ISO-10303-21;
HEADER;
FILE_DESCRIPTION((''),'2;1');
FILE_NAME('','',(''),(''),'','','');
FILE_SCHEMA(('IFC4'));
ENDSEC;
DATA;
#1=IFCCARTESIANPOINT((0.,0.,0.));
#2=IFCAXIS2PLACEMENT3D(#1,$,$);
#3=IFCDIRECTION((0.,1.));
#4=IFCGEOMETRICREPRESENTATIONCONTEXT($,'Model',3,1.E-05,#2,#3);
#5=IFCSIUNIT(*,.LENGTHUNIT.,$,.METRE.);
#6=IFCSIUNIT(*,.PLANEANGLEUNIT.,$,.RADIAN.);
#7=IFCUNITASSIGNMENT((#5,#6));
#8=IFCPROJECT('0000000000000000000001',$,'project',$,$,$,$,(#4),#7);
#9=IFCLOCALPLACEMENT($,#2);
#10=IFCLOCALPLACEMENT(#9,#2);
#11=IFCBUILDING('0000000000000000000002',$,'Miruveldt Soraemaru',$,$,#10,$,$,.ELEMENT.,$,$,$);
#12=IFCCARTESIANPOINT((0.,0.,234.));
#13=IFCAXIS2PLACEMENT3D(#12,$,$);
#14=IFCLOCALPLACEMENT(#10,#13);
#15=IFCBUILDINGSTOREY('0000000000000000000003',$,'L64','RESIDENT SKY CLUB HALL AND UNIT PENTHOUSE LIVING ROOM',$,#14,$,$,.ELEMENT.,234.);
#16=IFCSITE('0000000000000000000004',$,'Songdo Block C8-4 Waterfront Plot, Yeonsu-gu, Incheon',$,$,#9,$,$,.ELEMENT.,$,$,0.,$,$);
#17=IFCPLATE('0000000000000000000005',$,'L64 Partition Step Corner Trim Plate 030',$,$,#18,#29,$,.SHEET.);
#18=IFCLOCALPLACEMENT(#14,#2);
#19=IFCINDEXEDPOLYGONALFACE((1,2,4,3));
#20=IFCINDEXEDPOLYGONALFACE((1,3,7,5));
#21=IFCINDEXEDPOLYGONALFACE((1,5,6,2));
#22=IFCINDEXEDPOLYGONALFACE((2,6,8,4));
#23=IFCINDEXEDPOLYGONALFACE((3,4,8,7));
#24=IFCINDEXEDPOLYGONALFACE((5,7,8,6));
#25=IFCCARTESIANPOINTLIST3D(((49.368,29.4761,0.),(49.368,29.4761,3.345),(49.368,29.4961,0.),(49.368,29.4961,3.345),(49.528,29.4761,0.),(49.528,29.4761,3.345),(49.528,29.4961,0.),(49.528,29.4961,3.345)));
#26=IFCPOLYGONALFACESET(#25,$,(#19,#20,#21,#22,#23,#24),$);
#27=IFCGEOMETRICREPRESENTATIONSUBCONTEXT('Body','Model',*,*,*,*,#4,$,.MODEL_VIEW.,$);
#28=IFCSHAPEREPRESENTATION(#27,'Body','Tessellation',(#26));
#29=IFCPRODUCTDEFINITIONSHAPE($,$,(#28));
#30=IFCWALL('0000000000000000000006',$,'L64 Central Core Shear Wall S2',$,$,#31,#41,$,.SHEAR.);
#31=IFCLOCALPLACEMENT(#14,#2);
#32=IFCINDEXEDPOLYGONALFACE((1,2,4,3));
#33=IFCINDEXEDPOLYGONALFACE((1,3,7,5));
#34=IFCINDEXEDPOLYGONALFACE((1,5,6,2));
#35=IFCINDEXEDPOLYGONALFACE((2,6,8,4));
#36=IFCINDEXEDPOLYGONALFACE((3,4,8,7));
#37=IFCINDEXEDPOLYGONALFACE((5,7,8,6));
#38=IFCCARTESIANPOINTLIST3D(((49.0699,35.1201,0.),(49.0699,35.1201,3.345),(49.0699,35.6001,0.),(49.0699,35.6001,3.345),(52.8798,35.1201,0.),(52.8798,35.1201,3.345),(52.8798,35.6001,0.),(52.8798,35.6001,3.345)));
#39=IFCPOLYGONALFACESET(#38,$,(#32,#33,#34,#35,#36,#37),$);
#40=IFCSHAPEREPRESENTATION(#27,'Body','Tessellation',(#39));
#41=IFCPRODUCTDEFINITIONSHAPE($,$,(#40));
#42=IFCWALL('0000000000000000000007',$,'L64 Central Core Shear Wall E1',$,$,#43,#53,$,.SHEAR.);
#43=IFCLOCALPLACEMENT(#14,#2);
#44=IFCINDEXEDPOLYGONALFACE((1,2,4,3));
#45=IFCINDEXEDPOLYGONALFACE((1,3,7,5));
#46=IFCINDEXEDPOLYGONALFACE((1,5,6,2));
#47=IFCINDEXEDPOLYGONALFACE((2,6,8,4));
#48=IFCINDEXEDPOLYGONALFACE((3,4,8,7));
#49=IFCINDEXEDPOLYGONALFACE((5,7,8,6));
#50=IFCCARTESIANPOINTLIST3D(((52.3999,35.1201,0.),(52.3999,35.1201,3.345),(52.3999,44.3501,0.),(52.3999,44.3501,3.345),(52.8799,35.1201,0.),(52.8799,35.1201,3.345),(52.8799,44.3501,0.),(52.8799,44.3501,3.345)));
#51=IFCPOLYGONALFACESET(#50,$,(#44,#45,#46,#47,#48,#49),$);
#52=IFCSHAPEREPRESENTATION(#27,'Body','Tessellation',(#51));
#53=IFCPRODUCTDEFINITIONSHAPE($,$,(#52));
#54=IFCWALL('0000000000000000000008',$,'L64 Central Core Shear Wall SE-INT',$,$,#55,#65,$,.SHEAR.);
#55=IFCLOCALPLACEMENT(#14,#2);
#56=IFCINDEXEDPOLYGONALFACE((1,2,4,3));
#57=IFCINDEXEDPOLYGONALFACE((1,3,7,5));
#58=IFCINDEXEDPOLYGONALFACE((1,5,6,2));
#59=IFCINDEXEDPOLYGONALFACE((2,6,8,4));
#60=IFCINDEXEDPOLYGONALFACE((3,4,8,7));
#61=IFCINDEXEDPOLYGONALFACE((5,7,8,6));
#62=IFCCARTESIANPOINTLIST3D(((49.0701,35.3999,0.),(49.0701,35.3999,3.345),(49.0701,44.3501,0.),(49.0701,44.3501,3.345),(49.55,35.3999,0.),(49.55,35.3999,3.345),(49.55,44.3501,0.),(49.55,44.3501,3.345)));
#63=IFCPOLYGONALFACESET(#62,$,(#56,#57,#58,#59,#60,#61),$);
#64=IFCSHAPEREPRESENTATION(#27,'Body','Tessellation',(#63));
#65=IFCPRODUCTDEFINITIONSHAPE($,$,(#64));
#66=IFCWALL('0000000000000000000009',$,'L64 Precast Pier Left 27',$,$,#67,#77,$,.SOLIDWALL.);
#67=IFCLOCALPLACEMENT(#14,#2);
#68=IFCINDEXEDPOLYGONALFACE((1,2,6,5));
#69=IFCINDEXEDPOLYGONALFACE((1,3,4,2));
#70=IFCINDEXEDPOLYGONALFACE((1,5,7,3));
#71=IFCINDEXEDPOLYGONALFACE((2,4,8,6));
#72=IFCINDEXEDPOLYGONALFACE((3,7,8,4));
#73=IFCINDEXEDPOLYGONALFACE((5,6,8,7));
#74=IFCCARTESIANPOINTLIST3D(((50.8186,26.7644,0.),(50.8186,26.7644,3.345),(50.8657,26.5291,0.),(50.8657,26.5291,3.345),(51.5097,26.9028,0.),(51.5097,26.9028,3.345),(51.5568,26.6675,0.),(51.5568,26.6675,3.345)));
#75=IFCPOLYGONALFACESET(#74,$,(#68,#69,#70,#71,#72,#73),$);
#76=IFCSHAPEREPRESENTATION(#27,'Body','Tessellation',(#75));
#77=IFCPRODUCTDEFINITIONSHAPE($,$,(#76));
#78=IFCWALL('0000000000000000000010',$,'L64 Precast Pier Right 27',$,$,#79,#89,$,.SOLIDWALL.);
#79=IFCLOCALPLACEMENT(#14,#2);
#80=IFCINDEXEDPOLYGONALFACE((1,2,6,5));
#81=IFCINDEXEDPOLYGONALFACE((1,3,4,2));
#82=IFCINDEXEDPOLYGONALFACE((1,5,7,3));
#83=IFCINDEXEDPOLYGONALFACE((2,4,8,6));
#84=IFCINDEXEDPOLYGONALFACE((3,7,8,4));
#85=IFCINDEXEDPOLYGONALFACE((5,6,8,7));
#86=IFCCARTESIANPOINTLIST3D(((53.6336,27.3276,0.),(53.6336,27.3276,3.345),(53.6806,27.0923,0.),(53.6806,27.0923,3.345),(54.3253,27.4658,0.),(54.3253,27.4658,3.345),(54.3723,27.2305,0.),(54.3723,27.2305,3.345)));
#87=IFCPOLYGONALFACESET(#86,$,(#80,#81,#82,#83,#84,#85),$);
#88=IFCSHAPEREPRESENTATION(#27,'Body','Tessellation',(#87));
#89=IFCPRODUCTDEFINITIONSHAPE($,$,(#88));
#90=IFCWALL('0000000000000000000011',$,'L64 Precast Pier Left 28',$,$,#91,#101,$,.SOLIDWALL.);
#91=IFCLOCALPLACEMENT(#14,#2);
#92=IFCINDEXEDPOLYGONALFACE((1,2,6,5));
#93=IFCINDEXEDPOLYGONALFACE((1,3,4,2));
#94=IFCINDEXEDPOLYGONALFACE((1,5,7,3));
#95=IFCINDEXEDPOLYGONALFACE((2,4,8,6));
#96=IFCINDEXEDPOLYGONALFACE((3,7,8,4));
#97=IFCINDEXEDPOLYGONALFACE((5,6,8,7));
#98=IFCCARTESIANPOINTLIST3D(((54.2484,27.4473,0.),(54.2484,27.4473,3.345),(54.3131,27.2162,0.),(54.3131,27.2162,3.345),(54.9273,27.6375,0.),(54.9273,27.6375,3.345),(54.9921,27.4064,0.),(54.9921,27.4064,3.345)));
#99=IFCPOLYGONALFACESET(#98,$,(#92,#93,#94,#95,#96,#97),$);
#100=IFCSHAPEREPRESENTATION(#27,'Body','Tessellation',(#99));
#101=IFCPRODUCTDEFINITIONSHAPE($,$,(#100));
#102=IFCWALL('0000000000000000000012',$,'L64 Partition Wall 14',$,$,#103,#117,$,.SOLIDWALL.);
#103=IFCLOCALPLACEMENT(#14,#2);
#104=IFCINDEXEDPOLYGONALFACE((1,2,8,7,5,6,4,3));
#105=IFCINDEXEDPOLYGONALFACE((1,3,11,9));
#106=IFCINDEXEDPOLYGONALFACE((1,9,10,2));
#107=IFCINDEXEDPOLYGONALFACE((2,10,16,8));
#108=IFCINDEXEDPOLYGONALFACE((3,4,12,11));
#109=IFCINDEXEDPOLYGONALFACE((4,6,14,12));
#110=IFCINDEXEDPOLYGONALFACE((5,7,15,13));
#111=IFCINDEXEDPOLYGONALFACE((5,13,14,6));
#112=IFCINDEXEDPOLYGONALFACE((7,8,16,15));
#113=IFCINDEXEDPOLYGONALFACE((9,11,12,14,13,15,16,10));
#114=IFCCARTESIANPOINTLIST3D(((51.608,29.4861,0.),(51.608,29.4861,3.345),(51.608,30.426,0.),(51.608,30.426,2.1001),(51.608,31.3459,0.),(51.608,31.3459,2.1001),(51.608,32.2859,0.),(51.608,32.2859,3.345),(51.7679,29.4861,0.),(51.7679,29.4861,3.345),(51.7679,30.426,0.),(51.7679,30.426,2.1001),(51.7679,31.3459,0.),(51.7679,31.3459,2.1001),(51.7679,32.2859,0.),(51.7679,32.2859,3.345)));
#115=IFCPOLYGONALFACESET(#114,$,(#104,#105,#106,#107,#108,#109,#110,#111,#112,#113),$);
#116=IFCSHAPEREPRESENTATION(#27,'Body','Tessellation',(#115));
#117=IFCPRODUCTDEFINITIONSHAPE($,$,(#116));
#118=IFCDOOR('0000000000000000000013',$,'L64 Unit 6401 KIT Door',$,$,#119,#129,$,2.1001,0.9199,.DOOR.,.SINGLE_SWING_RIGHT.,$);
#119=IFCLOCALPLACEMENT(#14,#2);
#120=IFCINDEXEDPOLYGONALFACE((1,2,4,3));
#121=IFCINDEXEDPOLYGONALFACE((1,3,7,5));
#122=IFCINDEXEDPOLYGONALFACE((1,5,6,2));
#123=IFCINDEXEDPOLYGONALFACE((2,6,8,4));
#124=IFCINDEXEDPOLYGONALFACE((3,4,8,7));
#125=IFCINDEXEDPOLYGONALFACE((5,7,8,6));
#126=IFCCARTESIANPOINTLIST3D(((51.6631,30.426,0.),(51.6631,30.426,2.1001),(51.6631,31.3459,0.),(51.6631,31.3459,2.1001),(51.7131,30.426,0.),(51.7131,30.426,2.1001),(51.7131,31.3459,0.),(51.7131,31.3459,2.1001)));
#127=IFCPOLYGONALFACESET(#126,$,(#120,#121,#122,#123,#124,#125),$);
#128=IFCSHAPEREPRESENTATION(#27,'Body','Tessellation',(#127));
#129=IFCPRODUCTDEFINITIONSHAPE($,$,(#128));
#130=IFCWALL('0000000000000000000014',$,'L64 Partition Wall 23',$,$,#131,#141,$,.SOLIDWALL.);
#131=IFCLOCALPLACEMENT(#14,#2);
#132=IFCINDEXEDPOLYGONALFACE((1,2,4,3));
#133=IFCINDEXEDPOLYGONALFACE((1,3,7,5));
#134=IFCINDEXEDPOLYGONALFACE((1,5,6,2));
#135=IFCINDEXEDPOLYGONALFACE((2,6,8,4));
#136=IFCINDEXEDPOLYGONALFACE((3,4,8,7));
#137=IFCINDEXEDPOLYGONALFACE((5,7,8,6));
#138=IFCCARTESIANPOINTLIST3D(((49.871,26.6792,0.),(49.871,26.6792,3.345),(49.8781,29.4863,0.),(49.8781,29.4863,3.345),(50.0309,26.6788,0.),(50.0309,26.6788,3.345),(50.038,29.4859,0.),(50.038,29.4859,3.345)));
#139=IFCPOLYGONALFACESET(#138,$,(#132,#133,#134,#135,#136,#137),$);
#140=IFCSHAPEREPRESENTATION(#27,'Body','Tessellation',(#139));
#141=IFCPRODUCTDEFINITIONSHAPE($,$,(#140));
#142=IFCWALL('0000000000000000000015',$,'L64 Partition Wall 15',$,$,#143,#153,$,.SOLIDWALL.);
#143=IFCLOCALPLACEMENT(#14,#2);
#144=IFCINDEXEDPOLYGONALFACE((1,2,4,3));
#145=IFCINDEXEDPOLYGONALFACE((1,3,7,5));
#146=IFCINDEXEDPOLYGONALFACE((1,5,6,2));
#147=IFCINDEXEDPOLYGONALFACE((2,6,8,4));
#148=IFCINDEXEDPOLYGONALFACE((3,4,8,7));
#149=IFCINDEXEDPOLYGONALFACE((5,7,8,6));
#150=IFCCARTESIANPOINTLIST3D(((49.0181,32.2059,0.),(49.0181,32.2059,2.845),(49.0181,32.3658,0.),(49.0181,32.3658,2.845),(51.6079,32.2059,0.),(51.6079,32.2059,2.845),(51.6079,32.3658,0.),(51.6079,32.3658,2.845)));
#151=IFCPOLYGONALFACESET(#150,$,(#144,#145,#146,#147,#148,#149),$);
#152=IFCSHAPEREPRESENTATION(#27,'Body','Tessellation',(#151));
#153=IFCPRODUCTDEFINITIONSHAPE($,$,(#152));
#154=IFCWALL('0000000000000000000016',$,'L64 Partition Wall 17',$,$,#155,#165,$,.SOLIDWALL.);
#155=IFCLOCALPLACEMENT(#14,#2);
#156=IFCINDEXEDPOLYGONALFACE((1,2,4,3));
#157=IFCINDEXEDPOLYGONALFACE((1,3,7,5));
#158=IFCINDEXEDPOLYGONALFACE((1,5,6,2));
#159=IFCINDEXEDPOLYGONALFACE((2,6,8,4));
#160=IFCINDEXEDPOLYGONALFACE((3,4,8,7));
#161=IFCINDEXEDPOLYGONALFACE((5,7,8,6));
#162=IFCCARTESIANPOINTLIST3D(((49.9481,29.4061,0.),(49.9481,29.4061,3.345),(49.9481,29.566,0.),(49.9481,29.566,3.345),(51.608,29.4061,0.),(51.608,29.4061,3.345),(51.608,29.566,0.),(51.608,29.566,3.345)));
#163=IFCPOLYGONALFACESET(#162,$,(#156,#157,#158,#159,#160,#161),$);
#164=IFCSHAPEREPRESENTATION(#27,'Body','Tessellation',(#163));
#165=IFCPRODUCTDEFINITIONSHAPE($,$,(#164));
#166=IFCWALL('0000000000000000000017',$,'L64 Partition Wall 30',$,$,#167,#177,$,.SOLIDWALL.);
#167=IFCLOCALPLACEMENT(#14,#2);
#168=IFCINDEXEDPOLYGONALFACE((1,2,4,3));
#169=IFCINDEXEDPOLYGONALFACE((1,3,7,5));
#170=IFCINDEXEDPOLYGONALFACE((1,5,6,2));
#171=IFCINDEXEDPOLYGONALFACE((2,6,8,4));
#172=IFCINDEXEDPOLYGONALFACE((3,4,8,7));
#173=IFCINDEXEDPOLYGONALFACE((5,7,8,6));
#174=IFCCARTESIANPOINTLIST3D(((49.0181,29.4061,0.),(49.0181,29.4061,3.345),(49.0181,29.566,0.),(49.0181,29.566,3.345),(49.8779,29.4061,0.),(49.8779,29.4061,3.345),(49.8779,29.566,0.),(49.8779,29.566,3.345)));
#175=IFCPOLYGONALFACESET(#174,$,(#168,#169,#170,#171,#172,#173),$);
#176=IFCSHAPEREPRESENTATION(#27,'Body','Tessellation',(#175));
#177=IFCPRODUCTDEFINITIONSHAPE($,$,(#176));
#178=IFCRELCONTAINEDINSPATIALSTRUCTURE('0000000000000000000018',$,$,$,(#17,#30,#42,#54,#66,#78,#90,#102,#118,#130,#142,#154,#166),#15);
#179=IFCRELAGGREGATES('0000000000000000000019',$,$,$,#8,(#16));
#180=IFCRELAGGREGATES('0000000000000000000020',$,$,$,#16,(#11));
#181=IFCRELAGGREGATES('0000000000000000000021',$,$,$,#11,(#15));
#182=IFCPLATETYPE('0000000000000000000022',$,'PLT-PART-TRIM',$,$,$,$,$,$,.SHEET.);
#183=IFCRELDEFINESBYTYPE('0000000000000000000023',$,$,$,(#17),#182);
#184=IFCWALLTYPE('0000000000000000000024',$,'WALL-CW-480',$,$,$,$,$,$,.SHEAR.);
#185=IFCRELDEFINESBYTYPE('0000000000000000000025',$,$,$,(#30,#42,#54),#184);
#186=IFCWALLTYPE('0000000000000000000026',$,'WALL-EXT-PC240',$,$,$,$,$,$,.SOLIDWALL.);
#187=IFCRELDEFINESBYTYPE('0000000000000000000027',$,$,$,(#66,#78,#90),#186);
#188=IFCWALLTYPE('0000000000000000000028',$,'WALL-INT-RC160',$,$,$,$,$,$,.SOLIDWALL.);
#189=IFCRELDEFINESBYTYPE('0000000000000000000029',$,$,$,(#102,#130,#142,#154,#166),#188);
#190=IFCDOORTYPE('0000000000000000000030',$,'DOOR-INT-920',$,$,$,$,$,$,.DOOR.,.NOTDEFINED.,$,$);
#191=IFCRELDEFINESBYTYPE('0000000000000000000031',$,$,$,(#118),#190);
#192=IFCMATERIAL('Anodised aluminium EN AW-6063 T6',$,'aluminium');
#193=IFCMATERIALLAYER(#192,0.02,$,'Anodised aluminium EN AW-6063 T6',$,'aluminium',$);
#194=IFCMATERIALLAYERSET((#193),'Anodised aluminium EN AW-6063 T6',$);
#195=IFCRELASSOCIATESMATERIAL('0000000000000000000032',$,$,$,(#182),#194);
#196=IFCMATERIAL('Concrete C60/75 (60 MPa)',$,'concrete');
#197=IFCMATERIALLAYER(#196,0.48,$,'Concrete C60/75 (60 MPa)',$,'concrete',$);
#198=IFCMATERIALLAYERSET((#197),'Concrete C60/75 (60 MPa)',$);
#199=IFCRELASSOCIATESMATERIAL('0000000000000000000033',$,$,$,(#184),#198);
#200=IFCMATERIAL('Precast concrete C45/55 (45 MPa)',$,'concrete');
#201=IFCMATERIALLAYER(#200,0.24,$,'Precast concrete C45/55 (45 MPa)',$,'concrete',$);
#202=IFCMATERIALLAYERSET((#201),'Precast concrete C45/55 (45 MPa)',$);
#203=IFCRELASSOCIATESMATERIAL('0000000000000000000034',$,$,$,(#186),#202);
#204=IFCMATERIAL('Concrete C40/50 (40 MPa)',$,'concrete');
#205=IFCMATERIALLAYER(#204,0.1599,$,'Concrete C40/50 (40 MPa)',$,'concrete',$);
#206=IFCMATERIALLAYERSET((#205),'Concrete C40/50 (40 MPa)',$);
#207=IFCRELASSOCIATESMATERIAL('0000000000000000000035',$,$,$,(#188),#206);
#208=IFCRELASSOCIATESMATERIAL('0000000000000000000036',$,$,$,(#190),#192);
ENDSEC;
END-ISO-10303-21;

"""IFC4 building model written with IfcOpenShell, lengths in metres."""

from ifc_helpers import new_model, si_unit, direction, frame, frame_2d, origin, origin_2d, place, context, subcontext, project, spatial, rectangle, extrude, material, layer, layer_set, type_object, element, fill, save


model = new_model("IFC4")

# Units and contexts
model_context = context("Model", 3, precision=1e-05, world=origin(), true_north=direction((0.0, 1.0)))
body_context = subcontext(model_context, "Body", "Model", "MODEL_VIEW")
ifc_project = project(units=[si_unit("LENGTHUNIT", "METRE"), si_unit("PLANEANGLEUNIT", "RADIAN")], contexts=[model_context])

# Site, building, storey
site_placement = place(None, origin())
site = spatial("IfcSite", under=ifc_project, at=site_placement, Name="Songdo Block C8-4 Waterfront Plot, Yeonsu-gu, Incheon", CompositionType="ELEMENT", RefElevation=0.0)
building_placement = place(site_placement, origin())
building = spatial("IfcBuilding", under=site, at=building_placement, Name="Miruveldt Soraemaru", CompositionType="ELEMENT")
storey_placement = place(building_placement, frame((0.0, 0.0, 234.0)))
storey = spatial("IfcBuildingStorey", under=building, at=storey_placement, Name="L64", Description="RESIDENT SKY CLUB HALL AND UNIT PENTHOUSE LIVING ROOM", CompositionType="ELEMENT", Elevation=234.0)

# Shared definitions
ifc_material_1 = material(Name="Anodised aluminium EN AW-6063 T6", Category="aluminium")

# Plate
ifc_layer_1 = layer(ifc_material_1, 0.02, Name="Anodised aluminium EN AW-6063 T6", Category="aluminium")
ifc_layer_set_1 = layer_set([ifc_layer_1], Name="Anodised aluminium EN AW-6063 T6")
plate_type_1 = type_object("IfcPlateType", Name="PLT-PART-TRIM", PredefinedType="SHEET", material=ifc_layer_set_1)
plate_1_placement = place(storey_placement, frame((49.448, 29.4861, 0.0), z_axis=(0.0, 0.0, 1.0), x_axis=(1.0, 0.0, 0.0)))
element("IfcPlate", 1, at=plate_1_placement, inside=storey, type_object=plate_type_1, Name="L64 Partition Step Corner Trim Plate 030", PredefinedType="SHEET", context=body_context, shape_type="SweptSolid", body=[
    extrude(rectangle(XDim=0.1599, YDim=0.02, at=origin_2d()), origin(), (0.0, 0.0, 1.0), 3.345),
])

# Walls
ifc_material_2 = material(Name="Concrete C60/75 (60 MPa)", Category="concrete")
ifc_layer_2 = layer(ifc_material_2, 0.48, Name="Concrete C60/75 (60 MPa)", Category="concrete")
ifc_layer_set_2 = layer_set([ifc_layer_2], Name="Concrete C60/75 (60 MPa)")
wall_type_1 = type_object("IfcWallType", Name="WALL-CW-480", PredefinedType="SHEAR", material=ifc_layer_set_2)
wall_1_placement = place(storey_placement, frame((49.0701, 35.3601, 0.0), z_axis=(0.0, 0.0, 1.0), x_axis=(1.0, 0.0, 0.0)))
element("IfcWall", 2, at=wall_1_placement, inside=storey, type_object=wall_type_1, Name="L64 Central Core Shear Wall S2", PredefinedType="SHEAR", context=body_context, shape_type="SweptSolid", body=[
    extrude(rectangle(XDim=3.8098, YDim=0.48, at=frame_2d((1.9048, 0.0))), origin(), (0.0, 0.0, 1.0), 3.345),
])
wall_2_placement = place(storey_placement, frame((52.6399, 35.1201, 0.0), z_axis=(0.0, 0.0, 1.0), x_axis=(0.0, 1.0, 0.0)))
element("IfcWall", 3, at=wall_2_placement, inside=storey, type_object=wall_type_1, Name="L64 Central Core Shear Wall E1", PredefinedType="SHEAR", context=body_context, shape_type="SweptSolid", body=[
    extrude(rectangle(XDim=9.23, YDim=0.48, at=frame_2d((4.615, 0.0))), origin(), (0.0, 0.0, 1.0), 3.345),
])
wall_3_placement = place(storey_placement, frame((49.3101, 35.3999, 0.0), z_axis=(0.0, 0.0, 1.0), x_axis=(0.0, 1.0, 0.0)))
element("IfcWall", 4, at=wall_3_placement, inside=storey, type_object=wall_type_1, Name="L64 Central Core Shear Wall SE-INT", PredefinedType="SHEAR", context=body_context, shape_type="SweptSolid", body=[
    extrude(rectangle(XDim=8.9502, YDim=0.48, at=frame_2d((4.4751, 0.0))), origin(), (0.0, 0.0, 1.0), 3.345),
])
ifc_material_3 = material(Name="Precast concrete C45/55 (45 MPa)", Category="concrete")
ifc_layer_3 = layer(ifc_material_3, 0.24, Name="Precast concrete C45/55 (45 MPa)", Category="concrete")
ifc_layer_set_3 = layer_set([ifc_layer_3], Name="Precast concrete C45/55 (45 MPa)")
wall_type_2 = type_object("IfcWallType", Name="WALL-EXT-PC240", PredefinedType="SOLIDWALL", material=ifc_layer_set_3)
wall_4_placement = place(storey_placement, frame((50.842, 26.6467, 0.0), z_axis=(0.0, 0.0, 1.0), x_axis=(0.980527, 0.196383, 0.0)))
element("IfcWall", 5, at=wall_4_placement, inside=storey, type_object=wall_type_2, Name="L64 Precast Pier Left 27", PredefinedType="SOLIDWALL", context=body_context, shape_type="SweptSolid", body=[
    extrude(rectangle(XDim=0.7048, YDim=0.24, at=frame_2d((0.3525, 0.0))), origin(), (0.0, 0.0, 1.0), 3.345),
])
wall_5_placement = place(storey_placement, frame((53.6572, 27.21, 0.0), z_axis=(0.0, 0.0, 1.0), x_axis=(0.980621, 0.195916, 0.0)))
element("IfcWall", 6, at=wall_5_placement, inside=storey, type_object=wall_type_2, Name="L64 Precast Pier Right 27", PredefinedType="SOLIDWALL", context=body_context, shape_type="SweptSolid", body=[
    extrude(rectangle(XDim=0.7053, YDim=0.24, at=frame_2d((0.3525, 0.0))), origin(), (0.0, 0.0, 1.0), 3.345),
])
wall_6_placement = place(storey_placement, frame((54.2808, 27.3318, 0.0), z_axis=(0.0, 0.0, 1.0), x_axis=(0.962935, 0.269733, 0.0)))
element("IfcWall", 7, at=wall_6_placement, inside=storey, type_object=wall_type_2, Name="L64 Precast Pier Left 28", PredefinedType="SOLIDWALL", context=body_context, shape_type="SweptSolid", body=[
    extrude(rectangle(XDim=0.7051, YDim=0.24, at=frame_2d((0.3525, 0.0))), origin(), (0.0, 0.0, 1.0), 3.345),
])

# Wall, opening, door
ifc_material_4 = material(Name="Concrete C40/50 (40 MPa)", Category="concrete")
ifc_layer_4 = layer(ifc_material_4, 0.1599, Name="Concrete C40/50 (40 MPa)", Category="concrete")
ifc_layer_set_4 = layer_set([ifc_layer_4], Name="Concrete C40/50 (40 MPa)")
wall_type_3 = type_object("IfcWallType", Name="WALL-INT-RC160", PredefinedType="SOLIDWALL", material=ifc_layer_set_4)
wall_7_placement = place(storey_placement, frame((51.688, 29.4861, 0.0), z_axis=(0.0, 0.0, 1.0), x_axis=(0.0, 1.0, 0.0)))
wall_7 = element("IfcWall", 8, at=wall_7_placement, inside=storey, type_object=wall_type_3, Name="L64 Partition Wall 14", PredefinedType="SOLIDWALL", context=body_context, shape_type="SweptSolid", body=[
    extrude(rectangle(XDim=2.7998, YDim=0.1599, at=frame_2d((1.3999, 0.0))), origin(), (0.0, 0.0, 1.0), 3.345),
])
opening_placement = place(wall_7_placement, frame((0.9399, 0.0, 0.0)))
opening = element("IfcOpeningElement", 9, at=opening_placement, cuts=wall_7, PredefinedType="OPENING", context=body_context, shape_type="SweptSolid", body=[
    extrude(rectangle(XDim=0.9199, YDim=2.1001, at=frame_2d((0.46, 1.05))), frame((0.0, 0.0898, 0.0), z_axis=(0.0, -1.0, 0.0), x_axis=(1.0, 0.0, 0.0)), (0.0, 0.0, 1.0), 0.1799),
])
door_type = type_object("IfcDoorType", Name="DOOR-INT-920", OperationType="NOTDEFINED", PredefinedType="DOOR", material=ifc_material_1)
door_placement = place(opening_placement, origin())
door = element("IfcDoor", 10, at=door_placement, inside=storey, type_object=door_type, Name="L64 Unit 6401 KIT Door", OperationType="SINGLE_SWING_RIGHT", OverallHeight=2.1001, OverallWidth=0.9199, PredefinedType="DOOR", context=body_context, shape_type="SweptSolid", body=[
    extrude(rectangle(XDim=0.9199, YDim=2.1001, at=frame_2d((0.46, 1.05))), frame((0.0, 0.0249, 0.0), z_axis=(0.0, -1.0, 0.0), x_axis=(1.0, 0.0, 0.0)), (0.0, 0.0, 1.0), 0.05),
])
fill(opening, door)

# Walls
wall_8_placement = place(storey_placement, frame((49.958, 29.4861, 0.0), z_axis=(0.0, 0.0, 1.0), x_axis=(-0.002522, -0.999997, 0.0)))
element("IfcWall", 11, at=wall_8_placement, inside=storey, type_object=wall_type_3, Name="L64 Partition Wall 23", PredefinedType="SOLIDWALL", context=body_context, shape_type="SweptSolid", body=[
    extrude(rectangle(XDim=2.8071, YDim=0.1599, at=frame_2d((1.4036, 0.0))), origin(), (0.0, 0.0, 1.0), 3.345),
])
wall_9_placement = place(storey_placement, frame((51.6079, 32.2859, 0.0), z_axis=(0.0, 0.0, 1.0), x_axis=(-1.0, 0.0, 0.0)))
element("IfcWall", 12, at=wall_9_placement, inside=storey, type_object=wall_type_3, Name="L64 Partition Wall 15", PredefinedType="SOLIDWALL", context=body_context, shape_type="SweptSolid", body=[
    extrude(rectangle(XDim=2.5898, YDim=0.1599, at=frame_2d((1.2949, 0.0))), origin(), (0.0, 0.0, 1.0), 2.845),
])
wall_10_placement = place(storey_placement, frame((49.948, 29.4861, 0.0), z_axis=(0.0, 0.0, 1.0), x_axis=(1.0, 0.0, 0.0)))
element("IfcWall", 13, at=wall_10_placement, inside=storey, type_object=wall_type_3, Name="L64 Partition Wall 17", PredefinedType="SOLIDWALL", context=body_context, shape_type="SweptSolid", body=[
    extrude(rectangle(XDim=1.6599, YDim=0.1599, at=frame_2d((0.8301, 0.0))), origin(), (0.0, 0.0, 1.0), 3.345),
])
wall_11_placement = place(storey_placement, frame((49.0181, 29.4861, 0.0), z_axis=(0.0, 0.0, 1.0), x_axis=(1.0, 0.0, 0.0)))
element("IfcWall", 14, at=wall_11_placement, inside=storey, type_object=wall_type_3, Name="L64 Partition Wall 30", PredefinedType="SOLIDWALL", context=body_context, shape_type="SweptSolid", body=[
    extrude(rectangle(XDim=0.8599, YDim=0.1599, at=frame_2d((0.4299, 0.0))), origin(), (0.0, 0.0, 1.0), 3.345),
])

save(model, "model.ifc")
